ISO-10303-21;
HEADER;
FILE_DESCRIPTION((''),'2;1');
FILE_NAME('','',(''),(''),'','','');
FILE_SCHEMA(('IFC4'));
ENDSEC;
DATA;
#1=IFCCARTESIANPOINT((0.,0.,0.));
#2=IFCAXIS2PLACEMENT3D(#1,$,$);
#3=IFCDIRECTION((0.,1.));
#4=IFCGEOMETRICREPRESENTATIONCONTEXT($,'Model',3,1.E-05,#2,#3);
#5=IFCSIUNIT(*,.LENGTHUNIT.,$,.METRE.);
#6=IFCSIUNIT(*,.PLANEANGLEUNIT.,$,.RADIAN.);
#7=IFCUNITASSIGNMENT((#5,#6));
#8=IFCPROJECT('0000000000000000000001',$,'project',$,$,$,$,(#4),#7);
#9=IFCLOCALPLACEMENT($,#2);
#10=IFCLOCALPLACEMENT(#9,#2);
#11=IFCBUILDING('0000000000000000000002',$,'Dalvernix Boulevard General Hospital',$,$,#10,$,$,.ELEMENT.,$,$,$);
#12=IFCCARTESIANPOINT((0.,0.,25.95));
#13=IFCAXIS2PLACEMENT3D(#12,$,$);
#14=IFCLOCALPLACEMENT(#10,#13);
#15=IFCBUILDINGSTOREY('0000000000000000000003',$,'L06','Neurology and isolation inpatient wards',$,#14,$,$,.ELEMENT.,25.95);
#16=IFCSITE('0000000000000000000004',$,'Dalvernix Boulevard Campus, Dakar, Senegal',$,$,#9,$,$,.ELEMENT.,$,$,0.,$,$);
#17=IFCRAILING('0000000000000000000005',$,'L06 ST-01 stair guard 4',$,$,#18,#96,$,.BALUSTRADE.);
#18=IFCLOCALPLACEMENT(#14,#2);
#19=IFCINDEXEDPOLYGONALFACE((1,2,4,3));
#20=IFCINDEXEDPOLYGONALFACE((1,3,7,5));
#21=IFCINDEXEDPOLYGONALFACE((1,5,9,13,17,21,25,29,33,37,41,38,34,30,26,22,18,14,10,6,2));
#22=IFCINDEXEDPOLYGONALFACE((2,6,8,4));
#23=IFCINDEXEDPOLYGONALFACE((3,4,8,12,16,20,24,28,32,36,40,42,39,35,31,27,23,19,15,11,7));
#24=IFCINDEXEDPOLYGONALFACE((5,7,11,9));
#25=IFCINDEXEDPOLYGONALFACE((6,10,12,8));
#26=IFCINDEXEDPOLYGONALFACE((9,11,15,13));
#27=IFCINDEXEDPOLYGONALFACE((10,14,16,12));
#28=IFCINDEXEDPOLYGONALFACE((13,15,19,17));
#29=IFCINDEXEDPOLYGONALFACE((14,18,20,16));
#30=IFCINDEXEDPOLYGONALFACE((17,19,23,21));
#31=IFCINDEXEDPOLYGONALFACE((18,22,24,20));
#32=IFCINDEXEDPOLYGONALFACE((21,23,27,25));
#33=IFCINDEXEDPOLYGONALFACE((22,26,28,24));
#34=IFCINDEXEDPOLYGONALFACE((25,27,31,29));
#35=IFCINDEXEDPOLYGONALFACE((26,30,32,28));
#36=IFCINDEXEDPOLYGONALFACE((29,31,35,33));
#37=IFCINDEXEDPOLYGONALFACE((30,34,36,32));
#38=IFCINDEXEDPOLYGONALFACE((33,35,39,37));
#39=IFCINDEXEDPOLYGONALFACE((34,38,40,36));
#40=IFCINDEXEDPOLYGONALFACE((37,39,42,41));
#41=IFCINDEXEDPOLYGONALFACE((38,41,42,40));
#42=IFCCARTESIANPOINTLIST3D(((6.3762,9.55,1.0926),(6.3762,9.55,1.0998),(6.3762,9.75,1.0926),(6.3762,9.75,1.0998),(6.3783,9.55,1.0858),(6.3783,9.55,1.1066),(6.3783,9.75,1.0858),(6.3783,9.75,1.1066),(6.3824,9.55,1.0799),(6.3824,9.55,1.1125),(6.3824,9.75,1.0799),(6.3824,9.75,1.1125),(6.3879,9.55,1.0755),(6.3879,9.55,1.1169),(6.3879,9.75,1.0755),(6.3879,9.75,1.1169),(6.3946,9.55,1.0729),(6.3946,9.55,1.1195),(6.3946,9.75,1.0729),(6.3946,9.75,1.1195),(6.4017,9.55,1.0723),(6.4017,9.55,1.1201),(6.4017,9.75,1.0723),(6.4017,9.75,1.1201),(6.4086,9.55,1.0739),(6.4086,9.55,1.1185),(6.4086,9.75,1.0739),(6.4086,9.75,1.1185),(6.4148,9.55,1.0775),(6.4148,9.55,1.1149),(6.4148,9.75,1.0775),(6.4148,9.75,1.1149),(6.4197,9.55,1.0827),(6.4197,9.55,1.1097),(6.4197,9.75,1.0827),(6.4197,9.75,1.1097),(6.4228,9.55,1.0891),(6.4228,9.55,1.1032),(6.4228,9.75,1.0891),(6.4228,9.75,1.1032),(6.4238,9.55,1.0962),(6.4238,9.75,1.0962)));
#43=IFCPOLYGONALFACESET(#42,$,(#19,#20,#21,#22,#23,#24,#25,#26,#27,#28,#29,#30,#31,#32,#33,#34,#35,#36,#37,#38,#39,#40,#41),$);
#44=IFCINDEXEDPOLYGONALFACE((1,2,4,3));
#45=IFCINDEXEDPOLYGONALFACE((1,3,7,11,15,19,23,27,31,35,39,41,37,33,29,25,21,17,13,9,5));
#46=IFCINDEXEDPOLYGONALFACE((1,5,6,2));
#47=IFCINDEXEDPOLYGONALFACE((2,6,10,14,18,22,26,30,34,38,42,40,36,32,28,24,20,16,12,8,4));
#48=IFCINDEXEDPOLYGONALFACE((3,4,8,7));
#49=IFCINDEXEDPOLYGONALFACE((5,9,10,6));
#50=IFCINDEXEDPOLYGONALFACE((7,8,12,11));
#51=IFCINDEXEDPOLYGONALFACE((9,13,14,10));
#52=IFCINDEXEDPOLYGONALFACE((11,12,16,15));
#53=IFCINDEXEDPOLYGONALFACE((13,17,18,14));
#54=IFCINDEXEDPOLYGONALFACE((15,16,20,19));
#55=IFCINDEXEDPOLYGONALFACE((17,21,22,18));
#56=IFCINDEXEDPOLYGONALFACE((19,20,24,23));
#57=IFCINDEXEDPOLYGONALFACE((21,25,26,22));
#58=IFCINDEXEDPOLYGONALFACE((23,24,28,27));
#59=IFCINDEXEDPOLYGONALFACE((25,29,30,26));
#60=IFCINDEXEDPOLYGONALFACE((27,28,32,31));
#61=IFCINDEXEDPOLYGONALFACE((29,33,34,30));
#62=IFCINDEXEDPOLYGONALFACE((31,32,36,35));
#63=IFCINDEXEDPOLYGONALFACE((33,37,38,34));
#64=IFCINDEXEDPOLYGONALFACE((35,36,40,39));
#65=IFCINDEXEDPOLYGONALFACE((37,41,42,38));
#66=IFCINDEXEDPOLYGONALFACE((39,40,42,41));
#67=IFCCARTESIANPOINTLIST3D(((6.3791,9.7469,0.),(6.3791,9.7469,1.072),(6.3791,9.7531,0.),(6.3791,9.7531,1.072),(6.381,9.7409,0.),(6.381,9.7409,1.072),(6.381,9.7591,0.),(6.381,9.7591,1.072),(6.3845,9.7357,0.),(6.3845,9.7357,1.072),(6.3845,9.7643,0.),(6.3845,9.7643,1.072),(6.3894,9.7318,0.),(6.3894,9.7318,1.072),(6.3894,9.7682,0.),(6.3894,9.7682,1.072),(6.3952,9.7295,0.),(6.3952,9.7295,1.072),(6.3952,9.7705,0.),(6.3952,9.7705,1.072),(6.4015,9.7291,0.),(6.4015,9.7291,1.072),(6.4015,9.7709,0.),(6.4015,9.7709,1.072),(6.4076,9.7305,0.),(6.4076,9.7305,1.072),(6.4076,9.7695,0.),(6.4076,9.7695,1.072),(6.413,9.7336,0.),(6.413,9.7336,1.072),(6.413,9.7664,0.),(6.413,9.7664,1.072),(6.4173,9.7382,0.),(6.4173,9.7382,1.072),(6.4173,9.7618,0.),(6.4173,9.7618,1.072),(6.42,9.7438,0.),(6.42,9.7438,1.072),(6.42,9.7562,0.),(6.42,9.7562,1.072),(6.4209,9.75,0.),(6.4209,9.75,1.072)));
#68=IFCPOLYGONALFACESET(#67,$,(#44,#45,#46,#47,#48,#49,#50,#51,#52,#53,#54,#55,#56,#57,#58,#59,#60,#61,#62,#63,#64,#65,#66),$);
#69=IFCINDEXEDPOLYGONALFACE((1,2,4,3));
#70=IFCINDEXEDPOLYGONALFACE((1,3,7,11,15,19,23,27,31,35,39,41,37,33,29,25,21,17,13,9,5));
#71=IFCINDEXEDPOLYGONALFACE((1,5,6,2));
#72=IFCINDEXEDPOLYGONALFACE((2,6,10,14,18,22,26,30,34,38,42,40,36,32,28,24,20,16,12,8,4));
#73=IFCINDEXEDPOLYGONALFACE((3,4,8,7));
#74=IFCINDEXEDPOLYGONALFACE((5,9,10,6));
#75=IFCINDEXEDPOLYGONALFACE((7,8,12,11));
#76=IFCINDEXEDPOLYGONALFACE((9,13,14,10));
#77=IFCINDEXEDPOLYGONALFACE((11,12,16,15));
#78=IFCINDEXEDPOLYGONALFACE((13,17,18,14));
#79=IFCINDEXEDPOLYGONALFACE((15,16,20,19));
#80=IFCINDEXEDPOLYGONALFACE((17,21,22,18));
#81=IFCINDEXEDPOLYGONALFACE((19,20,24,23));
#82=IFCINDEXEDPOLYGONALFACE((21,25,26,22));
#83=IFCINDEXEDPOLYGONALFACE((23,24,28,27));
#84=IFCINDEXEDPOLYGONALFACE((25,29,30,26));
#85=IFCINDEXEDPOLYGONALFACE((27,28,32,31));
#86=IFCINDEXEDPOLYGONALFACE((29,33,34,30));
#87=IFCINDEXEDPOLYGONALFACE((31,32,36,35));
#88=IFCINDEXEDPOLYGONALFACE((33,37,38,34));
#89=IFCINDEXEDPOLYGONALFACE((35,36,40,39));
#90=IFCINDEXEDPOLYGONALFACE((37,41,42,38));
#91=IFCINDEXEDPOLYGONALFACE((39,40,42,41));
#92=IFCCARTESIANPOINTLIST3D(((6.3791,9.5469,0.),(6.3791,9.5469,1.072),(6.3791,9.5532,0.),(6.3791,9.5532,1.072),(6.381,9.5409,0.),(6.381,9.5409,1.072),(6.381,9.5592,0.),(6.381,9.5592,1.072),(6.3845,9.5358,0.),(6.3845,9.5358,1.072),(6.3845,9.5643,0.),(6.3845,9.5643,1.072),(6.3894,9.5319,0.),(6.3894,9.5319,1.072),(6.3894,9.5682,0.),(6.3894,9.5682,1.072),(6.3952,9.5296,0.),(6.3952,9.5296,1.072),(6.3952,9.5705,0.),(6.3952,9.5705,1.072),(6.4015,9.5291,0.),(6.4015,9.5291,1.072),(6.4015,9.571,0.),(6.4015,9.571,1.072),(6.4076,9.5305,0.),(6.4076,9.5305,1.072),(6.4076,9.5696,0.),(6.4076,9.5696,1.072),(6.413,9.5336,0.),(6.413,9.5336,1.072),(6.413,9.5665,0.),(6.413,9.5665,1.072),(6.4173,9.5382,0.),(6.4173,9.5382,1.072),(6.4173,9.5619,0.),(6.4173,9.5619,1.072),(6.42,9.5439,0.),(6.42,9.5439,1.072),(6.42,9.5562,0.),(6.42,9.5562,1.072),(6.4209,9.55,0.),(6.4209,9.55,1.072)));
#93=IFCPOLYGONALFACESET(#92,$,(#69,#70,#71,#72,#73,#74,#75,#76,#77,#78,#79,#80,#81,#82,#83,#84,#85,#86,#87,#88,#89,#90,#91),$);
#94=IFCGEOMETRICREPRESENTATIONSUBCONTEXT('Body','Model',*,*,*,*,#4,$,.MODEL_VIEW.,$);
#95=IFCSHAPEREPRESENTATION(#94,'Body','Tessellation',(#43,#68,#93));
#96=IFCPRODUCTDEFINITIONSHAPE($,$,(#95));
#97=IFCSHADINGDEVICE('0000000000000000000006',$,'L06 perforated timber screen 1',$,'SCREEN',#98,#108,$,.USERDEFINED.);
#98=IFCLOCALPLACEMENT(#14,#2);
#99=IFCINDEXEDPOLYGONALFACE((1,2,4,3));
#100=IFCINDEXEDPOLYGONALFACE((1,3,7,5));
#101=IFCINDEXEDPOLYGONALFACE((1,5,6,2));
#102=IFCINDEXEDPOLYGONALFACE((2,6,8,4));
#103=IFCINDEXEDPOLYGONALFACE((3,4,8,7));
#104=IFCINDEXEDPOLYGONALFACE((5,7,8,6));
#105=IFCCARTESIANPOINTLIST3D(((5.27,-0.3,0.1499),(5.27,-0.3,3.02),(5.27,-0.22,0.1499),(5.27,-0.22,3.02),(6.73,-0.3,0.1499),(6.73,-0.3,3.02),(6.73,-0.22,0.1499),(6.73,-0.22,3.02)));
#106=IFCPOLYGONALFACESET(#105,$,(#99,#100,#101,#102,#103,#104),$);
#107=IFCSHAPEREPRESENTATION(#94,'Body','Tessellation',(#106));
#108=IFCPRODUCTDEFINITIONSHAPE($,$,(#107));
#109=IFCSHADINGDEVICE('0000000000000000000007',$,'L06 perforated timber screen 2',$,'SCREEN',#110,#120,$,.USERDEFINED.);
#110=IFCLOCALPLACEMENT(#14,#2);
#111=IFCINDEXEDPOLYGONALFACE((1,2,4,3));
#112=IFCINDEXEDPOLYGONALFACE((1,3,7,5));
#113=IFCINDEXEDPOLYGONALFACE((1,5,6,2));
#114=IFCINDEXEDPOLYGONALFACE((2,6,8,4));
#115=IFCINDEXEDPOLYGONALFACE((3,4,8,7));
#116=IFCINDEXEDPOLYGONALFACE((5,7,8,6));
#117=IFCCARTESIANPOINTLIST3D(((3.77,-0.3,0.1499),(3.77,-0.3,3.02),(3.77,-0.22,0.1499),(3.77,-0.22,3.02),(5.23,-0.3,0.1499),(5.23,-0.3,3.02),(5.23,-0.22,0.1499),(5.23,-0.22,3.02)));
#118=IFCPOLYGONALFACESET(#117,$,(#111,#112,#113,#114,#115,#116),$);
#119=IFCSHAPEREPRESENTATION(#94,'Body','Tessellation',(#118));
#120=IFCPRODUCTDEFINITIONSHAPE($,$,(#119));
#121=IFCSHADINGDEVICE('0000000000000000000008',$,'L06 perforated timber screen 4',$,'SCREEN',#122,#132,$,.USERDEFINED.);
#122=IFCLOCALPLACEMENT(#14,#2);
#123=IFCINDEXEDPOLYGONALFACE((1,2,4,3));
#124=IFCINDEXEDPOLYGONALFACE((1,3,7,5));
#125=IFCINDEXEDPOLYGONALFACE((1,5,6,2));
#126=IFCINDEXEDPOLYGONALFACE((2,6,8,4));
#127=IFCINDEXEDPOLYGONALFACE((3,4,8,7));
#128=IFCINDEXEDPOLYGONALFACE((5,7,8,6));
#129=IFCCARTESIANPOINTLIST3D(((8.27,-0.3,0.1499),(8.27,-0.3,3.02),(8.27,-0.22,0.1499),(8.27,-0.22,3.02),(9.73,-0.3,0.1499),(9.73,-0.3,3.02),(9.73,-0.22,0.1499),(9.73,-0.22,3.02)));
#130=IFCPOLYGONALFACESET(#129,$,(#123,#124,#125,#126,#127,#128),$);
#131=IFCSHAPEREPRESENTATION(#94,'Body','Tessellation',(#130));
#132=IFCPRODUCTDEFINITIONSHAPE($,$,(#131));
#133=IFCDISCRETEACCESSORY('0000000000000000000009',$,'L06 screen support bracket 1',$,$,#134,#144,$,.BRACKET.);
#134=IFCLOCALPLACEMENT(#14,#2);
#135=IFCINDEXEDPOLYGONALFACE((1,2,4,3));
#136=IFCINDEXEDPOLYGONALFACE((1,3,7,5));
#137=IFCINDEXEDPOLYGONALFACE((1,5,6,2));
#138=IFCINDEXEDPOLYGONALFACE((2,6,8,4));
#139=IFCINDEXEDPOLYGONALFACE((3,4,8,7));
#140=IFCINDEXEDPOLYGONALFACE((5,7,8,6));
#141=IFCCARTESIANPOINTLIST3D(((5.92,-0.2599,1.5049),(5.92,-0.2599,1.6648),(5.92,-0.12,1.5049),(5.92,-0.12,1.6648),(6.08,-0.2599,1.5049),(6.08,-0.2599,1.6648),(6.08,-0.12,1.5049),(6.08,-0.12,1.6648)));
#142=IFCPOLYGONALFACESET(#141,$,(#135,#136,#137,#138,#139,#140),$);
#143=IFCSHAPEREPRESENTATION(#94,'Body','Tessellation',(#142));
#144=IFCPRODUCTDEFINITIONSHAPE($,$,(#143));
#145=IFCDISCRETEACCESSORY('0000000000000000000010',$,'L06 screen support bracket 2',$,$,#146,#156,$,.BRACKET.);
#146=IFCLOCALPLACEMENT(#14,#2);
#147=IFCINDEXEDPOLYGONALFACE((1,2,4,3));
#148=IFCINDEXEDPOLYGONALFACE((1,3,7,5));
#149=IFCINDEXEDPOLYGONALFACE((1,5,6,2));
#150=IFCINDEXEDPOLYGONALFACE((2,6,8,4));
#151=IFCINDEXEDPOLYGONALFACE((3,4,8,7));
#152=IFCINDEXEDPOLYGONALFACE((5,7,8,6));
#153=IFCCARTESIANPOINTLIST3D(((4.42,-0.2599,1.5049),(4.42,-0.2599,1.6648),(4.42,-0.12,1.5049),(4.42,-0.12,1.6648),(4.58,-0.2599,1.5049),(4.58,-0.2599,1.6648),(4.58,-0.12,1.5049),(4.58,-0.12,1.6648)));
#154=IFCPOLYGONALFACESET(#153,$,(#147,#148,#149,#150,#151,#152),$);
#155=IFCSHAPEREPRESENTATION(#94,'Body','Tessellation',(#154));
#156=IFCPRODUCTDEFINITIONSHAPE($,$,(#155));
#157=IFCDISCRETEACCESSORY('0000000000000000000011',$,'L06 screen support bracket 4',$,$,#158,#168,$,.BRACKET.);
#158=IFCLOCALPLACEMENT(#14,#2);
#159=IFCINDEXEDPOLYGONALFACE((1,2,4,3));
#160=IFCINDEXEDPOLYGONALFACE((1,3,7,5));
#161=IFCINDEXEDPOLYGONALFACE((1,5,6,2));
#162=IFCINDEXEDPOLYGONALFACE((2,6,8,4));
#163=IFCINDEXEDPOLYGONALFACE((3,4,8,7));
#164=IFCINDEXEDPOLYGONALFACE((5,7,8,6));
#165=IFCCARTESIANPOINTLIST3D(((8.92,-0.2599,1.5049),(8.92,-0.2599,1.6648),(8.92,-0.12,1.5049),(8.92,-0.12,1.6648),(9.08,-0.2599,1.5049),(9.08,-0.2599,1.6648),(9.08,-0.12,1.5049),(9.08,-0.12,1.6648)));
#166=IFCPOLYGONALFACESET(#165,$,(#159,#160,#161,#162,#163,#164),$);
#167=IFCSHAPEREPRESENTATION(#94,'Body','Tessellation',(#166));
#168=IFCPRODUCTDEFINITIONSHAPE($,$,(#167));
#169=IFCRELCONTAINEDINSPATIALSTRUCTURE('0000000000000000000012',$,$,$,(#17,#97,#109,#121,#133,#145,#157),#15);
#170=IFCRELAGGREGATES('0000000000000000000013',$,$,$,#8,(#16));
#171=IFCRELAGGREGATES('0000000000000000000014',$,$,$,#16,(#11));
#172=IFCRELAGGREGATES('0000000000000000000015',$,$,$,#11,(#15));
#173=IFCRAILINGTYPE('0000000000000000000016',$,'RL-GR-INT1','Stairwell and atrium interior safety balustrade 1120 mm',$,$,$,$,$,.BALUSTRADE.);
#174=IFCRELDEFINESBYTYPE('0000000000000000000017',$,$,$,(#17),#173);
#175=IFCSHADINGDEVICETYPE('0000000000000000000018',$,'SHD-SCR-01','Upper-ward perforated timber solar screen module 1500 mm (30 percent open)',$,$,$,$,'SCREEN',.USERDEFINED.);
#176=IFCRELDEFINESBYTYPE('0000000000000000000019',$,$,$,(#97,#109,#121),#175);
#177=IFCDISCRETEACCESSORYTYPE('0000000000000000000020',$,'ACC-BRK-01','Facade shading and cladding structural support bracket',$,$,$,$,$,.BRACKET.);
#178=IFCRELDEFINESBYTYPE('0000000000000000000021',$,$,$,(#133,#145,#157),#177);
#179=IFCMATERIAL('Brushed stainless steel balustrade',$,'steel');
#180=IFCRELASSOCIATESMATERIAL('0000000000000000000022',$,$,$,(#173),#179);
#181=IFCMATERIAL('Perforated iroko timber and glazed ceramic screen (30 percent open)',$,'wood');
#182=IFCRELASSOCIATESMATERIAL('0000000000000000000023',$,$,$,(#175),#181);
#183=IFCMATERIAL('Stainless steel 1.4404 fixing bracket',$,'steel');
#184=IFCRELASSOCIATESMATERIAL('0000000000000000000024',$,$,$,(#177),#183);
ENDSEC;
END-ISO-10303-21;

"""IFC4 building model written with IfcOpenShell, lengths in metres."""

from ifc_helpers import new_model, si_unit, direction, frame, origin, origin_2d, place, context, subcontext, project, spatial, rectangle, circle, extrude, material, type_object, element, save


model = new_model("IFC4")

# Units and contexts
model_context = context("Model", 3, precision=1e-05, world=origin(), true_north=direction((0.0, 1.0)))
body_context = subcontext(model_context, "Body", "Model", "MODEL_VIEW")
ifc_project = project(units=[si_unit("LENGTHUNIT", "METRE"), si_unit("PLANEANGLEUNIT", "RADIAN")], contexts=[model_context])

# Site, building, storey
site_placement = place(None, origin())
site = spatial("IfcSite", under=ifc_project, at=site_placement, Name="Dalvernix Boulevard Campus, Dakar, Senegal", CompositionType="ELEMENT", RefElevation=0.0)
building_placement = place(site_placement, origin())
building = spatial("IfcBuilding", under=site, at=building_placement, Name="Dalvernix Boulevard General Hospital", CompositionType="ELEMENT")
storey_placement = place(building_placement, frame((0.0, 0.0, 25.95)))
storey = spatial("IfcBuildingStorey", under=building, at=storey_placement, Name="L06", Description="Neurology and isolation inpatient wards", CompositionType="ELEMENT", Elevation=25.95)

# Railing
ifc_material_1 = material(Name="Brushed stainless steel balustrade", Category="steel")
railing_type_1 = type_object("IfcRailingType", Name="RL-GR-INT1", Description="Stairwell and atrium interior safety balustrade 1120 mm", PredefinedType="BALUSTRADE", material=ifc_material_1)
railing_1_placement = place(storey_placement, frame((6.3999, 9.75, 0.0)))
element("IfcRailing", 1, at=railing_1_placement, inside=storey, type_object=railing_type_1, Name="L06 ST-01 stair guard 4", PredefinedType="BALUSTRADE", context=body_context, shape_type="SweptSolid", body=[
    extrude(circle(Radius=0.0239, at=origin_2d()), frame((0.0, 0.0, 1.0962), z_axis=(0.0, -1.0, 0.0), x_axis=(1.0, 0.0, 0.0)), (0.0, 0.0, 1.0), 0.2),
    extrude(circle(Radius=0.021, at=origin_2d()), origin(), (0.0, 0.0, 1.0), 1.072),
    extrude(circle(Radius=0.021, at=origin_2d()), frame((0.0, -0.2, 0.0)), (0.0, 0.0, 1.0), 1.072),
])

# Shading devices
ifc_material_2 = material(Name="Perforated iroko timber and glazed ceramic screen (30 percent open)", Category="wood")
shading_device_type = type_object("IfcShadingDeviceType", Name="SHD-SCR-01", Description="Upper-ward perforated timber solar screen module 1500 mm (30 percent open)", ElementType="SCREEN", PredefinedType="USERDEFINED", material=ifc_material_2)
for number, where, z_axis, x_axis, name in (
    (2, (6.0, -0.26, 0.1499), (0.0, 0.0, 1.0), (-1.0, 0.0, 0.0), "L06 perforated timber screen 1"),
    (3, (4.5, -0.26, 0.1499), (0.0, 0.0, 1.0), (-1.0, 0.0, 0.0), "L06 perforated timber screen 2"),
    (4, (9.0, -0.26, 0.1499), (0.0, 0.0, 1.0), (-1.0, 0.0, 0.0), "L06 perforated timber screen 4"),
):
    element("IfcShadingDevice", number, at=place(storey_placement, frame(where, z_axis=z_axis, x_axis=x_axis)), inside=storey, type_object=shading_device_type, Name=name, ObjectType="SCREEN", PredefinedType="USERDEFINED", context=body_context, shape_type="SweptSolid", body=[
        extrude(rectangle(XDim=1.46, YDim=0.0801, at=origin_2d()), origin(), (0.0, 0.0, 1.0), 2.8701),
    ])

# Discrete accessories
ifc_material_3 = material(Name="Stainless steel 1.4404 fixing bracket", Category="steel")
discrete_accessory_type = type_object("IfcDiscreteAccessoryType", Name="ACC-BRK-01", Description="Facade shading and cladding structural support bracket", PredefinedType="BRACKET", material=ifc_material_3)
for number, where, z_axis, x_axis, name in (
    (5, (6.0, -0.1899, 1.5049), (0.0, 0.0, 1.0), (-1.0, 0.0, 0.0), "L06 screen support bracket 1"),
    (6, (4.5, -0.1899, 1.5049), (0.0, 0.0, 1.0), (-1.0, 0.0, 0.0), "L06 screen support bracket 2"),
    (7, (9.0, -0.1899, 1.5049), (0.0, 0.0, 1.0), (-1.0, 0.0, 0.0), "L06 screen support bracket 4"),
):
    element("IfcDiscreteAccessory", number, at=place(storey_placement, frame(where, z_axis=z_axis, x_axis=x_axis)), inside=storey, type_object=discrete_accessory_type, Name=name, PredefinedType="BRACKET", context=body_context, shape_type="SweptSolid", body=[
        extrude(rectangle(XDim=0.1599, YDim=0.1399, at=origin_2d()), origin(), (0.0, 0.0, 1.0), 0.1599),
    ])

save(model, "model.ifc")
